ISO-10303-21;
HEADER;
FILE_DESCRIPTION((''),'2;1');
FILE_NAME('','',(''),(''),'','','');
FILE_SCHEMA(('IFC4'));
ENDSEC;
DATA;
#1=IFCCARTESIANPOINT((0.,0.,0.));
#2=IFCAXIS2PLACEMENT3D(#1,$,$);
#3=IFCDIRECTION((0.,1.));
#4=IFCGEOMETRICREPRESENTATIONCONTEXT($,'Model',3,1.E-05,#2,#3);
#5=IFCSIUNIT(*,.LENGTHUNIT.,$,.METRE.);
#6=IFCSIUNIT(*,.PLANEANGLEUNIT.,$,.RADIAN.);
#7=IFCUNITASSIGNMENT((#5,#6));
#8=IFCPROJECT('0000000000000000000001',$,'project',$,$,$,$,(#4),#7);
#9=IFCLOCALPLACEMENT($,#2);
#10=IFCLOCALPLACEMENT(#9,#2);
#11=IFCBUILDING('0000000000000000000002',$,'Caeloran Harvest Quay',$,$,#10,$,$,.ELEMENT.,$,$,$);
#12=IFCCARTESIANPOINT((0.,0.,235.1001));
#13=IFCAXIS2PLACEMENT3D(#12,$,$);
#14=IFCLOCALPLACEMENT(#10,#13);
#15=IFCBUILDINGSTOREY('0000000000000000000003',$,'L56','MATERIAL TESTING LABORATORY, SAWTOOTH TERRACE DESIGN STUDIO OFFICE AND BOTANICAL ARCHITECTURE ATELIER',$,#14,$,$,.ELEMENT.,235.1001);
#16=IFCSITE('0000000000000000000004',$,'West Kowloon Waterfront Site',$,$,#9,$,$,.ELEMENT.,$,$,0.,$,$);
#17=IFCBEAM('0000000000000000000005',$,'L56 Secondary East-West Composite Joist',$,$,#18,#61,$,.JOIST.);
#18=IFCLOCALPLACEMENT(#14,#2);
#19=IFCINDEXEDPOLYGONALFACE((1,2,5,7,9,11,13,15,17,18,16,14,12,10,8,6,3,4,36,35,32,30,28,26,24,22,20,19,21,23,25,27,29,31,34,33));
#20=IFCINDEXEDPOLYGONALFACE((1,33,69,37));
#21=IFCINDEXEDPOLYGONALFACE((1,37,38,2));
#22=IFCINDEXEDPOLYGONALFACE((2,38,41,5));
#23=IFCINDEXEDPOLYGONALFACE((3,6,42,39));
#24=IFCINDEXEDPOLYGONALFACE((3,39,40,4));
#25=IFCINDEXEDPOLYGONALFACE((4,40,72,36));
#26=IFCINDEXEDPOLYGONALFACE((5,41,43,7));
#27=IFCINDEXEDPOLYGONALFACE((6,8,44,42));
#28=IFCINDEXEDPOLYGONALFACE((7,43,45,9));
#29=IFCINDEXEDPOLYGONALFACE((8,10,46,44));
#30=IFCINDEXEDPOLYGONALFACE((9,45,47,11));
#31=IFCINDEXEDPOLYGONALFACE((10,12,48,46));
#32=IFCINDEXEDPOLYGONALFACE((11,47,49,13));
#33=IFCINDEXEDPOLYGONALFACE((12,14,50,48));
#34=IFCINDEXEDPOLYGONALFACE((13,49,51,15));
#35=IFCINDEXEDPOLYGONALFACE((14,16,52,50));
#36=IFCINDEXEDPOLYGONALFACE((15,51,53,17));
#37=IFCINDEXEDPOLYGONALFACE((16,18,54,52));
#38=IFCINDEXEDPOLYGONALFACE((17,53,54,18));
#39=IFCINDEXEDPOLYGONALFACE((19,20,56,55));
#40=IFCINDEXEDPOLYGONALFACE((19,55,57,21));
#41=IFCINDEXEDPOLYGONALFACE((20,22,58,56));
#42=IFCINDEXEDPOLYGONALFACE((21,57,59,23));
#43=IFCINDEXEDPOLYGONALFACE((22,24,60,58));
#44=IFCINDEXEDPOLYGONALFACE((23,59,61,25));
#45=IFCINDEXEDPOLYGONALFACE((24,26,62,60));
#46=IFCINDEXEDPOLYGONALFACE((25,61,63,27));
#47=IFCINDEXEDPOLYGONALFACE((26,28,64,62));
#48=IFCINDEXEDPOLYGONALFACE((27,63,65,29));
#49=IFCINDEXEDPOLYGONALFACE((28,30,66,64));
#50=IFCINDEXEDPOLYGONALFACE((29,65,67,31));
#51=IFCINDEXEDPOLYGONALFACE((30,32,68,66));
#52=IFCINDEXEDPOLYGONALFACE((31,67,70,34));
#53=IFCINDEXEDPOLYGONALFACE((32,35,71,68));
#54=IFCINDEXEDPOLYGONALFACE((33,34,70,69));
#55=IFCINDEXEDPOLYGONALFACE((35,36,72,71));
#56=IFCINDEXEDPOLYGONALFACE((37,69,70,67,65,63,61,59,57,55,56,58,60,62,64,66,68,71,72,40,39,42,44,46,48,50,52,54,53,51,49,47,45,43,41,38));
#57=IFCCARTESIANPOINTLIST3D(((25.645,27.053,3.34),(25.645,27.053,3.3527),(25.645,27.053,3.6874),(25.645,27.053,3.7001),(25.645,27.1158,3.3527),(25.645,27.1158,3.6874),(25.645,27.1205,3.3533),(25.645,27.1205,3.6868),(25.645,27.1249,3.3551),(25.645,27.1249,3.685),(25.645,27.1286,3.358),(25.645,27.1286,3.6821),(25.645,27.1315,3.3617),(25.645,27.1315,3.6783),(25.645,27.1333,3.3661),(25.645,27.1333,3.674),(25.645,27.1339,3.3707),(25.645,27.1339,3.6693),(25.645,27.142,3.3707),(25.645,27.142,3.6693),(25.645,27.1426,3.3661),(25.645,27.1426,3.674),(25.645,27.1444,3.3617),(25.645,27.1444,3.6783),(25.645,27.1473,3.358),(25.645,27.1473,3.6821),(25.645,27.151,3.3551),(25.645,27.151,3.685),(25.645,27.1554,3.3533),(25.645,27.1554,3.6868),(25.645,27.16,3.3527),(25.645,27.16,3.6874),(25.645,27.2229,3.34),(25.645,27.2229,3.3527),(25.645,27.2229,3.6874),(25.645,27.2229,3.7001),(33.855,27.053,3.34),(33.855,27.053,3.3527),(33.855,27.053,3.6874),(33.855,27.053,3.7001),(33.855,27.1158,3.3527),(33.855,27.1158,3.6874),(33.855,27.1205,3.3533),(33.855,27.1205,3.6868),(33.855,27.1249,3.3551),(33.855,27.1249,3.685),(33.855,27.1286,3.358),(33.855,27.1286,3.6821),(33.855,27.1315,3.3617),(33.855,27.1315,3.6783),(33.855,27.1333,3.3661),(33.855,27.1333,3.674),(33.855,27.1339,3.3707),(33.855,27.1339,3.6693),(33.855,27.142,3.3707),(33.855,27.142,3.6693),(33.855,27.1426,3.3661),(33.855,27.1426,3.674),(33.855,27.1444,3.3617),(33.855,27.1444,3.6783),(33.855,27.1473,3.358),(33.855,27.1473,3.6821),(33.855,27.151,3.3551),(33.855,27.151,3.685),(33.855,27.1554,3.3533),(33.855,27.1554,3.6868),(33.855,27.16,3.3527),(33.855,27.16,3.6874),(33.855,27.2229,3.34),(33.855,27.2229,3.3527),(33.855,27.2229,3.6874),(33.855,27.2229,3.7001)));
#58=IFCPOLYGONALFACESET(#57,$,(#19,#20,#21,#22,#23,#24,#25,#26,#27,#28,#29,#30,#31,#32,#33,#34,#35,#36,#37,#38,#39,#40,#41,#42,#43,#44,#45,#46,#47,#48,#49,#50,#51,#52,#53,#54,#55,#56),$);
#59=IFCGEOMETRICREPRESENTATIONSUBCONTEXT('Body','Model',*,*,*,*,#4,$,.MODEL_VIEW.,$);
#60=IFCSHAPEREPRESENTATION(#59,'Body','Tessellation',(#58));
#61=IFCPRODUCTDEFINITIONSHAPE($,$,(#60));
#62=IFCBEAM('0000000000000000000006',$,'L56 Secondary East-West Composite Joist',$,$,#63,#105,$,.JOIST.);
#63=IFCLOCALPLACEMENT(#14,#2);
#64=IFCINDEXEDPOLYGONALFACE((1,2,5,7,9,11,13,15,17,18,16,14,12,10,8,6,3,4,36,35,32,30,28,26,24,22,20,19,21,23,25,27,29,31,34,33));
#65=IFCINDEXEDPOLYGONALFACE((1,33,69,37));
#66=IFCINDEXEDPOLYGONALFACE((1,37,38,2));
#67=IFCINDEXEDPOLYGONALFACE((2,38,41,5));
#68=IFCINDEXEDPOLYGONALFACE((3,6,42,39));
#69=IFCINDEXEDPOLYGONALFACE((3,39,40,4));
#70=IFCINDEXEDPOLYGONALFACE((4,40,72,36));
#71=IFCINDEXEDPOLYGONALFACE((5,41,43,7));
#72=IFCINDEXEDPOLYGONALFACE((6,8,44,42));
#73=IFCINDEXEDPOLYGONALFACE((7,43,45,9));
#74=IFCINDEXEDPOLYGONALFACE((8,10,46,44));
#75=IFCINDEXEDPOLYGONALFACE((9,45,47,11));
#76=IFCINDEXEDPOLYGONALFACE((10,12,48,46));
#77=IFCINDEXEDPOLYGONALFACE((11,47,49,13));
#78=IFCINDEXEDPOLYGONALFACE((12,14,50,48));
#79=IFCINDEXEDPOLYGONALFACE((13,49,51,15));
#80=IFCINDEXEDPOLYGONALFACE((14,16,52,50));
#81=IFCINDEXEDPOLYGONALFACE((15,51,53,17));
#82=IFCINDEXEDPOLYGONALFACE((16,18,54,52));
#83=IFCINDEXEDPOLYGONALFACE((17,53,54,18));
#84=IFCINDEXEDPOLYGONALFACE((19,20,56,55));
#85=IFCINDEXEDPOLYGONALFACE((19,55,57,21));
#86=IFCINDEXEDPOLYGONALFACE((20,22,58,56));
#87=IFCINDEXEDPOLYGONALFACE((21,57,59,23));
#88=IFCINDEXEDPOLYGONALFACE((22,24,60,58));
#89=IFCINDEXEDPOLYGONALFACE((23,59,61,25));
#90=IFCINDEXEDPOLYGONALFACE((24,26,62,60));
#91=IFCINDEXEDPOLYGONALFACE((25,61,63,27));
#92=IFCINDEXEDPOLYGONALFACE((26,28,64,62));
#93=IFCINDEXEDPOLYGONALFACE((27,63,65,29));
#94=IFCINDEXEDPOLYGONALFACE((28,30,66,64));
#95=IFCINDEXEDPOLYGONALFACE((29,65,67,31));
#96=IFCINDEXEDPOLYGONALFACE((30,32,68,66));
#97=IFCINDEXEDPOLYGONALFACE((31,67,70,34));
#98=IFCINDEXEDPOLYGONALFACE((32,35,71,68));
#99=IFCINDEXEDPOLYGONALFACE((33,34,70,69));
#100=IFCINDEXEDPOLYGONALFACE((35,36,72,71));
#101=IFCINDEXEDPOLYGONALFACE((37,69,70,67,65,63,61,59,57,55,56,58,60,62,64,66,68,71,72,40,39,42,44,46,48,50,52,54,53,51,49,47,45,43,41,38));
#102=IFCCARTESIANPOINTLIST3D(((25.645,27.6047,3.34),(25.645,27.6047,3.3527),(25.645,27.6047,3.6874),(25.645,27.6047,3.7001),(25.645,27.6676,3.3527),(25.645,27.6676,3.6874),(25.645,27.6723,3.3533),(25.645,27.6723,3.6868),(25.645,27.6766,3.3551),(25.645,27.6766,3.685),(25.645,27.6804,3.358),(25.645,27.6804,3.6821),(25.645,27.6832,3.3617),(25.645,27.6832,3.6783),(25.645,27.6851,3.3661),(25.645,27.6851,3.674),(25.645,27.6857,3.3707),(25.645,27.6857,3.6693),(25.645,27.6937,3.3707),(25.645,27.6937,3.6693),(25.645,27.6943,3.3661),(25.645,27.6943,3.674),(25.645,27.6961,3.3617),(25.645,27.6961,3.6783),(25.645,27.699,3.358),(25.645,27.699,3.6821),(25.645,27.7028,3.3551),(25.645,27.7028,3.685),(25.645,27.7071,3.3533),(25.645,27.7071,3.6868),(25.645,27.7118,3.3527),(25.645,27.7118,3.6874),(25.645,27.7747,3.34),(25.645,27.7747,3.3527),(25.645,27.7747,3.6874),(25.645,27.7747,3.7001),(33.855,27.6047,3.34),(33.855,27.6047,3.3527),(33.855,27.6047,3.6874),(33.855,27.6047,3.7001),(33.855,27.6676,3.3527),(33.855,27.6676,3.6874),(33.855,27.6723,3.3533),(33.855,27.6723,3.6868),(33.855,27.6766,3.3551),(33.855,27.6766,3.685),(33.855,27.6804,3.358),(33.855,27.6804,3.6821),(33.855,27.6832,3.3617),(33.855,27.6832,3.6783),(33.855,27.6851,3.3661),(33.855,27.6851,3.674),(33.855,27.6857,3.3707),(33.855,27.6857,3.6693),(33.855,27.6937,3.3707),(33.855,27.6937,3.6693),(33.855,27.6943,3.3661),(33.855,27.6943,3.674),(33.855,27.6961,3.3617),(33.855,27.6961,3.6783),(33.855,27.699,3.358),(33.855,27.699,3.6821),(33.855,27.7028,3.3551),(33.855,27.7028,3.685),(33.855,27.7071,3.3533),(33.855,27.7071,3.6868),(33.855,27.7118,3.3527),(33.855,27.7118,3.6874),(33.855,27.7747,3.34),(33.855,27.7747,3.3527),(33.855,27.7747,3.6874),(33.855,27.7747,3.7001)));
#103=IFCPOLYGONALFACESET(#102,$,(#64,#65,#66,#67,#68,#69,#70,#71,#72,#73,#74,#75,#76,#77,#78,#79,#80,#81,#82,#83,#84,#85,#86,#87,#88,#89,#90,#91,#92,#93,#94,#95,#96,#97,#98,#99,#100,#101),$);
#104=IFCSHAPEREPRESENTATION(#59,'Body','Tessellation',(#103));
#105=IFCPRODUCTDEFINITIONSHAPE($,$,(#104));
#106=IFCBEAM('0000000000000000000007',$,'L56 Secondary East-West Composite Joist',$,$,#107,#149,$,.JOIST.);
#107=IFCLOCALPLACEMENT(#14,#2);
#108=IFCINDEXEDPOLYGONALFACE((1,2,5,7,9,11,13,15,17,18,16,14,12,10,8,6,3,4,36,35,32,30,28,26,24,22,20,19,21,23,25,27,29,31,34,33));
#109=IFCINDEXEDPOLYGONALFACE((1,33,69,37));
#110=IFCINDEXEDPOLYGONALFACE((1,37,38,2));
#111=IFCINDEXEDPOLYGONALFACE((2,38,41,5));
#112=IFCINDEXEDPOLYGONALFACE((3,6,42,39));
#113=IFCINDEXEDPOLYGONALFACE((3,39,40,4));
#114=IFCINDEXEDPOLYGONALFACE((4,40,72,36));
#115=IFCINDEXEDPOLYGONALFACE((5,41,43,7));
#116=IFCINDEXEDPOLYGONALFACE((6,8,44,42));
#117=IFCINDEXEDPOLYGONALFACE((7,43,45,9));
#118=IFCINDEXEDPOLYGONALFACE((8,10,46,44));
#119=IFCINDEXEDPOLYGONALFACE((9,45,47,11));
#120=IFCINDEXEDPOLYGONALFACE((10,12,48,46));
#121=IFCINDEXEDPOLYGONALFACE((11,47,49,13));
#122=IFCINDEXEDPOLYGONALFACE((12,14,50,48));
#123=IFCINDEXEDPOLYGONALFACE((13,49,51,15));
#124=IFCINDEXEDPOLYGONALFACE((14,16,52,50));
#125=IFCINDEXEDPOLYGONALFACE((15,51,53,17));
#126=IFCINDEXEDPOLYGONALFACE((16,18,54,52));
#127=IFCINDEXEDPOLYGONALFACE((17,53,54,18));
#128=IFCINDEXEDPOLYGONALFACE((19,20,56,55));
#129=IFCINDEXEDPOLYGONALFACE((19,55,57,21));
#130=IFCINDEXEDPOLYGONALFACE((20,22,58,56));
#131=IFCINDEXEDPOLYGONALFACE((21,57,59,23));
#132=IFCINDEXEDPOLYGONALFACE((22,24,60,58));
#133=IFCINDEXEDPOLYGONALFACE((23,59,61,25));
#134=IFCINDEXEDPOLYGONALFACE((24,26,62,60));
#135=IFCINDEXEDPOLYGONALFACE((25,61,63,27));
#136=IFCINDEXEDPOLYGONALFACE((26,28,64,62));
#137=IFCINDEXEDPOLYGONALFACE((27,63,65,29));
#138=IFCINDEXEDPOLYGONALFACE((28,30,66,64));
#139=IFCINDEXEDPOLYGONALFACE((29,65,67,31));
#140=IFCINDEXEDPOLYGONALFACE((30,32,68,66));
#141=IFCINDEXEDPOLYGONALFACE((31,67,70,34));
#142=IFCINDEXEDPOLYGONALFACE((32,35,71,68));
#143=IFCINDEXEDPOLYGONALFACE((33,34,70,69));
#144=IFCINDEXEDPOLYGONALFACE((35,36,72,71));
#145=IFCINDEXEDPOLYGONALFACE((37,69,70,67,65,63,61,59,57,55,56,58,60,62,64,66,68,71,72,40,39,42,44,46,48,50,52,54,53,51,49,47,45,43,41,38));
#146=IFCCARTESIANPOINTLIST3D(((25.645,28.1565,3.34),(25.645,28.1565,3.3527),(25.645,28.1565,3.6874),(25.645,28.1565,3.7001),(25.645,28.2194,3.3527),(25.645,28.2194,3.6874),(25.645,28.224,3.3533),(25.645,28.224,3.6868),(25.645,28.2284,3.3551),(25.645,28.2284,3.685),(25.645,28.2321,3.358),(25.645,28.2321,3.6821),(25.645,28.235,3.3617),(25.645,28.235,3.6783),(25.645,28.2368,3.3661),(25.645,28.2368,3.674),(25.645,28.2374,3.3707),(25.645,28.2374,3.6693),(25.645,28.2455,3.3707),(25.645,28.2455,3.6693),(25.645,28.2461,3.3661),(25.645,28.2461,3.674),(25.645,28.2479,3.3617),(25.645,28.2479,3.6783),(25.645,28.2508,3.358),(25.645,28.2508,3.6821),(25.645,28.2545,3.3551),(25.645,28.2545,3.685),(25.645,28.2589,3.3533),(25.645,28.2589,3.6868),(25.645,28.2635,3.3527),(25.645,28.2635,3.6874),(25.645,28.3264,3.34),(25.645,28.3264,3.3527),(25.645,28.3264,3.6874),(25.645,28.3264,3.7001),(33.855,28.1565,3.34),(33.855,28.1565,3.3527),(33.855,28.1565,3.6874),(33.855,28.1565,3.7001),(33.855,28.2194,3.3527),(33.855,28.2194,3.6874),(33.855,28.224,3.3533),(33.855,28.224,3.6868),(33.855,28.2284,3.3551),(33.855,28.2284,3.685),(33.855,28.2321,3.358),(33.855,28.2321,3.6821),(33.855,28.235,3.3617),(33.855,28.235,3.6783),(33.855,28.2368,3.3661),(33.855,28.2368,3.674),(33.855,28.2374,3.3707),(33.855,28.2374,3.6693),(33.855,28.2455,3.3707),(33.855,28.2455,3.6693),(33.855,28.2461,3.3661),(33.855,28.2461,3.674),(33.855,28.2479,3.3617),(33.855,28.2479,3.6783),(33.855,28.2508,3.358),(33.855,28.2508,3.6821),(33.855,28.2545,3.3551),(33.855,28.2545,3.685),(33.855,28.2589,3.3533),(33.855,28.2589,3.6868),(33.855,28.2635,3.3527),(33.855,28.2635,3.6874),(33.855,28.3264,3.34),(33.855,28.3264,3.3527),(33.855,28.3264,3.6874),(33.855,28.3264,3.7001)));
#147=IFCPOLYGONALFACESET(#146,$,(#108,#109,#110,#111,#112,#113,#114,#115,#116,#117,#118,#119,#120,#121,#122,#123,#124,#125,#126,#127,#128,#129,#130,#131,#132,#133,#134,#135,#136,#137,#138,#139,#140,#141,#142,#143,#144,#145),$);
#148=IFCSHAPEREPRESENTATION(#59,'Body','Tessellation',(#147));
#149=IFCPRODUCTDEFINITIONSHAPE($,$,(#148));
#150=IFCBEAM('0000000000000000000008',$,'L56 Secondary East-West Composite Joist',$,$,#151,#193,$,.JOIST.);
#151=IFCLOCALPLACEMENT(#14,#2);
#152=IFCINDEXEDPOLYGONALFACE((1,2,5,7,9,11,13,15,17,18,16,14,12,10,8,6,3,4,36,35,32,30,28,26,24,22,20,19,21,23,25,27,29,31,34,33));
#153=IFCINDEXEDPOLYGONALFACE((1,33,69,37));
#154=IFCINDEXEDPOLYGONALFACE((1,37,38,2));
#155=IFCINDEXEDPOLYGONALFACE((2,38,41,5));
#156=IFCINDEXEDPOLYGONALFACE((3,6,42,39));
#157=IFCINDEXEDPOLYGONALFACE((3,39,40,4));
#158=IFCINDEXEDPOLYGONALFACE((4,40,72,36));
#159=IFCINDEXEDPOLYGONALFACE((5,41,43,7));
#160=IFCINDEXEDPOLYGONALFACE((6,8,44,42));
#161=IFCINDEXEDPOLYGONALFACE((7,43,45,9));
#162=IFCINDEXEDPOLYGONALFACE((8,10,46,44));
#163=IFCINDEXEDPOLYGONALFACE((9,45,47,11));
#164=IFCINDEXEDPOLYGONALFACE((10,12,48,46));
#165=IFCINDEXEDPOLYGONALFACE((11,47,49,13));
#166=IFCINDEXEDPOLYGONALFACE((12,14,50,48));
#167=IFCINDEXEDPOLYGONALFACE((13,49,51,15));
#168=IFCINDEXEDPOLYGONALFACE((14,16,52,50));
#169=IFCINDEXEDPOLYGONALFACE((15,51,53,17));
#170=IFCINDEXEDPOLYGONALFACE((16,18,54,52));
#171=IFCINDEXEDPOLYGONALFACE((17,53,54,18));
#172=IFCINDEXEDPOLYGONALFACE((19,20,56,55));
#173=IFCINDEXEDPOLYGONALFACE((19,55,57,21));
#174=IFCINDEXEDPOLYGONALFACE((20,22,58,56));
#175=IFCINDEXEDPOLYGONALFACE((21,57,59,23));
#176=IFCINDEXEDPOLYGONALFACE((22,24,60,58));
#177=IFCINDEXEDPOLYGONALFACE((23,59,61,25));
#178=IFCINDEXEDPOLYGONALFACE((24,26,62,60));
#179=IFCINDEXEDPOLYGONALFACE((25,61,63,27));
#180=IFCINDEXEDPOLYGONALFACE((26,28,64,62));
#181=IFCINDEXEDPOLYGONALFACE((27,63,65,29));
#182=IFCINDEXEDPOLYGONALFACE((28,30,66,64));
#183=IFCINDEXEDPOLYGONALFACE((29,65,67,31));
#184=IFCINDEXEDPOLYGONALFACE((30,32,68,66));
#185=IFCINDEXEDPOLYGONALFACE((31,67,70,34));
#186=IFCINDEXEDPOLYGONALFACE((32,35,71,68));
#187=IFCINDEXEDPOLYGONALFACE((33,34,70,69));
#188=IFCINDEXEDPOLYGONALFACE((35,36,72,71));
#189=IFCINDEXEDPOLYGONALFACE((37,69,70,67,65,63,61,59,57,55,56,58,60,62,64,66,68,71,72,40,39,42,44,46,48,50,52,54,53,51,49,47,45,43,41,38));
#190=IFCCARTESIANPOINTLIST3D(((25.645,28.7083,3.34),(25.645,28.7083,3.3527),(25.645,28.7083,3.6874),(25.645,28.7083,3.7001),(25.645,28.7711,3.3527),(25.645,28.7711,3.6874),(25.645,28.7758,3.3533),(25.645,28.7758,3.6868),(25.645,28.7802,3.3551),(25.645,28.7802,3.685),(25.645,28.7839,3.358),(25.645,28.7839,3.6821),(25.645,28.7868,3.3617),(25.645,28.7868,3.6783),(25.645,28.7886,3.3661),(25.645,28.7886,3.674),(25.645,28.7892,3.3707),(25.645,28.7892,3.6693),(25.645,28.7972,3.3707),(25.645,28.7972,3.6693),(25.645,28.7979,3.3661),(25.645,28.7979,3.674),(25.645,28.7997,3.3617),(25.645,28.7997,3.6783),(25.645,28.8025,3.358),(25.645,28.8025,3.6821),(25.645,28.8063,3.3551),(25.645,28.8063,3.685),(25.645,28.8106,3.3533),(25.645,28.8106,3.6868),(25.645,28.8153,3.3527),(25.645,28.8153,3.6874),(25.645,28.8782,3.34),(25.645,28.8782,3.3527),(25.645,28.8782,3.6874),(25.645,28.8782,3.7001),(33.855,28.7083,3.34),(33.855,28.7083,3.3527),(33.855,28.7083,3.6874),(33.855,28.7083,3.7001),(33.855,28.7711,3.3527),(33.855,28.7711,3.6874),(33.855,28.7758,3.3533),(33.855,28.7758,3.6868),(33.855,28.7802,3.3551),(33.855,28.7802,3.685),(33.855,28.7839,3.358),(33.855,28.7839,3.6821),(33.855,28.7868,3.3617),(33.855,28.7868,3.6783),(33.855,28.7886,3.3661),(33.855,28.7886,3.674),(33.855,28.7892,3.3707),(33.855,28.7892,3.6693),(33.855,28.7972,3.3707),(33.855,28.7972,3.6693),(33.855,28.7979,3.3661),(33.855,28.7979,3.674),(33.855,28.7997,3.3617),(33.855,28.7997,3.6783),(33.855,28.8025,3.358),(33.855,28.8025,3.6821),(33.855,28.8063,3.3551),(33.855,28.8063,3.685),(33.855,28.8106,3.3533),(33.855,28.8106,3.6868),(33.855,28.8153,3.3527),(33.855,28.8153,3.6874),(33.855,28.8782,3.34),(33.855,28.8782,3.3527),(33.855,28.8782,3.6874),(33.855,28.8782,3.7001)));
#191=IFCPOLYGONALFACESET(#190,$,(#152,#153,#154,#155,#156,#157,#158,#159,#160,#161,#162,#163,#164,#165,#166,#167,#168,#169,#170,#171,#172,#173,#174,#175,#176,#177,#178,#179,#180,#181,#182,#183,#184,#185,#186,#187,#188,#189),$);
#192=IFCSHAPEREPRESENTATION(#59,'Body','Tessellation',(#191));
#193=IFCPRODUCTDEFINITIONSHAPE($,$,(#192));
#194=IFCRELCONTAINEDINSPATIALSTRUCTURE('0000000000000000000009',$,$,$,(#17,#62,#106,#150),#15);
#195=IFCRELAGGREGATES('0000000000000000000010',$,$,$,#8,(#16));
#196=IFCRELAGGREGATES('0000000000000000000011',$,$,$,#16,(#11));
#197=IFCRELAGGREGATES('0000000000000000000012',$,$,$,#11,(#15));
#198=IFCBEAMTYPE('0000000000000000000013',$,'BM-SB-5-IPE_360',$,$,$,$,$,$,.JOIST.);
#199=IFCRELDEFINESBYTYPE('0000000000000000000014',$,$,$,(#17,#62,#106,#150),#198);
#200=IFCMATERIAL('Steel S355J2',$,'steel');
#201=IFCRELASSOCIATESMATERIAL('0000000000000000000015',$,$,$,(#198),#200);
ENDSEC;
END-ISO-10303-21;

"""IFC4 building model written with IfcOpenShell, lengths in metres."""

from ifc_helpers import new_model, si_unit, direction, frame, origin, origin_2d, place, context, subcontext, project, spatial, i_section, extrude, material, material_profile, profile_set, type_object, element, save


model = new_model("IFC4")

# Units and contexts
model_context = context("Model", 3, precision=1e-05, world=origin(), true_north=direction((0.0, 1.0)))
body_context = subcontext(model_context, "Body", "Model", "MODEL_VIEW")
ifc_project = project(units=[si_unit("LENGTHUNIT", "METRE"), si_unit("PLANEANGLEUNIT", "RADIAN")], contexts=[model_context])

# Site, building, storey
site_placement = place(None, origin())
site = spatial("IfcSite", under=ifc_project, at=site_placement, Name="West Kowloon Waterfront Site", CompositionType="ELEMENT", RefElevation=0.0)
building_placement = place(site_placement, origin())
building = spatial("IfcBuilding", under=site, at=building_placement, Name="Caeloran Harvest Quay", CompositionType="ELEMENT")
storey_placement = place(building_placement, frame((0.0, 0.0, 235.1001)))
storey = spatial("IfcBuildingStorey", under=building, at=storey_placement, Name="L56", Description="MATERIAL TESTING LABORATORY, SAWTOOTH TERRACE DESIGN STUDIO OFFICE AND BOTANICAL ARCHITECTURE ATELIER", CompositionType="ELEMENT", Elevation=235.1001)

# Beams
ifc_material = material(Name="Steel S355J2", Category="steel")
ifc_material_profile_1 = material_profile(ifc_material, i_section(OverallWidth=0.1699, OverallDepth=0.3601, WebThickness=0.0081, FlangeThickness=0.0127, FilletRadius=0.0181, at=origin_2d()), Name="IPE 360")
ifc_profile_set_1 = profile_set([ifc_material_profile_1], Name="Steel S355J2")
beam_type_1 = type_object("IfcBeamType", Name="BM-SB-5-IPE_360", PredefinedType="JOIST", material=ifc_profile_set_1)
for number, where, z_axis, x_axis, name in (
    (1, (25.645, 27.1379, 3.52), (1.0, 0.0, 0.0), (0.0, 1.0, 0.0), "L56 Secondary East-West Composite Joist"),
    (2, (25.645, 27.6897, 3.52), (1.0, 0.0, 0.0), (0.0, 1.0, 0.0), "L56 Secondary East-West Composite Joist"),
    (3, (25.645, 28.2415, 3.52), (1.0, 0.0, 0.0), (0.0, 1.0, 0.0), "L56 Secondary East-West Composite Joist"),
    (4, (25.645, 28.7932, 3.52), (1.0, 0.0, 0.0), (0.0, 1.0, 0.0), "L56 Secondary East-West Composite Joist"),
):
    element("IfcBeam", number, at=place(storey_placement, frame(where, z_axis=z_axis, x_axis=x_axis)), inside=storey, type_object=beam_type_1, Name=name, PredefinedType="JOIST", context=body_context, shape_type="SweptSolid", body=[
        extrude(i_section(OverallWidth=0.1699, OverallDepth=0.3601, WebThickness=0.0081, FlangeThickness=0.0127, FilletRadius=0.0181, at=origin_2d()), origin(), (0.0, 0.0, 1.0), 8.21),
    ])

save(model, "model.ifc")
